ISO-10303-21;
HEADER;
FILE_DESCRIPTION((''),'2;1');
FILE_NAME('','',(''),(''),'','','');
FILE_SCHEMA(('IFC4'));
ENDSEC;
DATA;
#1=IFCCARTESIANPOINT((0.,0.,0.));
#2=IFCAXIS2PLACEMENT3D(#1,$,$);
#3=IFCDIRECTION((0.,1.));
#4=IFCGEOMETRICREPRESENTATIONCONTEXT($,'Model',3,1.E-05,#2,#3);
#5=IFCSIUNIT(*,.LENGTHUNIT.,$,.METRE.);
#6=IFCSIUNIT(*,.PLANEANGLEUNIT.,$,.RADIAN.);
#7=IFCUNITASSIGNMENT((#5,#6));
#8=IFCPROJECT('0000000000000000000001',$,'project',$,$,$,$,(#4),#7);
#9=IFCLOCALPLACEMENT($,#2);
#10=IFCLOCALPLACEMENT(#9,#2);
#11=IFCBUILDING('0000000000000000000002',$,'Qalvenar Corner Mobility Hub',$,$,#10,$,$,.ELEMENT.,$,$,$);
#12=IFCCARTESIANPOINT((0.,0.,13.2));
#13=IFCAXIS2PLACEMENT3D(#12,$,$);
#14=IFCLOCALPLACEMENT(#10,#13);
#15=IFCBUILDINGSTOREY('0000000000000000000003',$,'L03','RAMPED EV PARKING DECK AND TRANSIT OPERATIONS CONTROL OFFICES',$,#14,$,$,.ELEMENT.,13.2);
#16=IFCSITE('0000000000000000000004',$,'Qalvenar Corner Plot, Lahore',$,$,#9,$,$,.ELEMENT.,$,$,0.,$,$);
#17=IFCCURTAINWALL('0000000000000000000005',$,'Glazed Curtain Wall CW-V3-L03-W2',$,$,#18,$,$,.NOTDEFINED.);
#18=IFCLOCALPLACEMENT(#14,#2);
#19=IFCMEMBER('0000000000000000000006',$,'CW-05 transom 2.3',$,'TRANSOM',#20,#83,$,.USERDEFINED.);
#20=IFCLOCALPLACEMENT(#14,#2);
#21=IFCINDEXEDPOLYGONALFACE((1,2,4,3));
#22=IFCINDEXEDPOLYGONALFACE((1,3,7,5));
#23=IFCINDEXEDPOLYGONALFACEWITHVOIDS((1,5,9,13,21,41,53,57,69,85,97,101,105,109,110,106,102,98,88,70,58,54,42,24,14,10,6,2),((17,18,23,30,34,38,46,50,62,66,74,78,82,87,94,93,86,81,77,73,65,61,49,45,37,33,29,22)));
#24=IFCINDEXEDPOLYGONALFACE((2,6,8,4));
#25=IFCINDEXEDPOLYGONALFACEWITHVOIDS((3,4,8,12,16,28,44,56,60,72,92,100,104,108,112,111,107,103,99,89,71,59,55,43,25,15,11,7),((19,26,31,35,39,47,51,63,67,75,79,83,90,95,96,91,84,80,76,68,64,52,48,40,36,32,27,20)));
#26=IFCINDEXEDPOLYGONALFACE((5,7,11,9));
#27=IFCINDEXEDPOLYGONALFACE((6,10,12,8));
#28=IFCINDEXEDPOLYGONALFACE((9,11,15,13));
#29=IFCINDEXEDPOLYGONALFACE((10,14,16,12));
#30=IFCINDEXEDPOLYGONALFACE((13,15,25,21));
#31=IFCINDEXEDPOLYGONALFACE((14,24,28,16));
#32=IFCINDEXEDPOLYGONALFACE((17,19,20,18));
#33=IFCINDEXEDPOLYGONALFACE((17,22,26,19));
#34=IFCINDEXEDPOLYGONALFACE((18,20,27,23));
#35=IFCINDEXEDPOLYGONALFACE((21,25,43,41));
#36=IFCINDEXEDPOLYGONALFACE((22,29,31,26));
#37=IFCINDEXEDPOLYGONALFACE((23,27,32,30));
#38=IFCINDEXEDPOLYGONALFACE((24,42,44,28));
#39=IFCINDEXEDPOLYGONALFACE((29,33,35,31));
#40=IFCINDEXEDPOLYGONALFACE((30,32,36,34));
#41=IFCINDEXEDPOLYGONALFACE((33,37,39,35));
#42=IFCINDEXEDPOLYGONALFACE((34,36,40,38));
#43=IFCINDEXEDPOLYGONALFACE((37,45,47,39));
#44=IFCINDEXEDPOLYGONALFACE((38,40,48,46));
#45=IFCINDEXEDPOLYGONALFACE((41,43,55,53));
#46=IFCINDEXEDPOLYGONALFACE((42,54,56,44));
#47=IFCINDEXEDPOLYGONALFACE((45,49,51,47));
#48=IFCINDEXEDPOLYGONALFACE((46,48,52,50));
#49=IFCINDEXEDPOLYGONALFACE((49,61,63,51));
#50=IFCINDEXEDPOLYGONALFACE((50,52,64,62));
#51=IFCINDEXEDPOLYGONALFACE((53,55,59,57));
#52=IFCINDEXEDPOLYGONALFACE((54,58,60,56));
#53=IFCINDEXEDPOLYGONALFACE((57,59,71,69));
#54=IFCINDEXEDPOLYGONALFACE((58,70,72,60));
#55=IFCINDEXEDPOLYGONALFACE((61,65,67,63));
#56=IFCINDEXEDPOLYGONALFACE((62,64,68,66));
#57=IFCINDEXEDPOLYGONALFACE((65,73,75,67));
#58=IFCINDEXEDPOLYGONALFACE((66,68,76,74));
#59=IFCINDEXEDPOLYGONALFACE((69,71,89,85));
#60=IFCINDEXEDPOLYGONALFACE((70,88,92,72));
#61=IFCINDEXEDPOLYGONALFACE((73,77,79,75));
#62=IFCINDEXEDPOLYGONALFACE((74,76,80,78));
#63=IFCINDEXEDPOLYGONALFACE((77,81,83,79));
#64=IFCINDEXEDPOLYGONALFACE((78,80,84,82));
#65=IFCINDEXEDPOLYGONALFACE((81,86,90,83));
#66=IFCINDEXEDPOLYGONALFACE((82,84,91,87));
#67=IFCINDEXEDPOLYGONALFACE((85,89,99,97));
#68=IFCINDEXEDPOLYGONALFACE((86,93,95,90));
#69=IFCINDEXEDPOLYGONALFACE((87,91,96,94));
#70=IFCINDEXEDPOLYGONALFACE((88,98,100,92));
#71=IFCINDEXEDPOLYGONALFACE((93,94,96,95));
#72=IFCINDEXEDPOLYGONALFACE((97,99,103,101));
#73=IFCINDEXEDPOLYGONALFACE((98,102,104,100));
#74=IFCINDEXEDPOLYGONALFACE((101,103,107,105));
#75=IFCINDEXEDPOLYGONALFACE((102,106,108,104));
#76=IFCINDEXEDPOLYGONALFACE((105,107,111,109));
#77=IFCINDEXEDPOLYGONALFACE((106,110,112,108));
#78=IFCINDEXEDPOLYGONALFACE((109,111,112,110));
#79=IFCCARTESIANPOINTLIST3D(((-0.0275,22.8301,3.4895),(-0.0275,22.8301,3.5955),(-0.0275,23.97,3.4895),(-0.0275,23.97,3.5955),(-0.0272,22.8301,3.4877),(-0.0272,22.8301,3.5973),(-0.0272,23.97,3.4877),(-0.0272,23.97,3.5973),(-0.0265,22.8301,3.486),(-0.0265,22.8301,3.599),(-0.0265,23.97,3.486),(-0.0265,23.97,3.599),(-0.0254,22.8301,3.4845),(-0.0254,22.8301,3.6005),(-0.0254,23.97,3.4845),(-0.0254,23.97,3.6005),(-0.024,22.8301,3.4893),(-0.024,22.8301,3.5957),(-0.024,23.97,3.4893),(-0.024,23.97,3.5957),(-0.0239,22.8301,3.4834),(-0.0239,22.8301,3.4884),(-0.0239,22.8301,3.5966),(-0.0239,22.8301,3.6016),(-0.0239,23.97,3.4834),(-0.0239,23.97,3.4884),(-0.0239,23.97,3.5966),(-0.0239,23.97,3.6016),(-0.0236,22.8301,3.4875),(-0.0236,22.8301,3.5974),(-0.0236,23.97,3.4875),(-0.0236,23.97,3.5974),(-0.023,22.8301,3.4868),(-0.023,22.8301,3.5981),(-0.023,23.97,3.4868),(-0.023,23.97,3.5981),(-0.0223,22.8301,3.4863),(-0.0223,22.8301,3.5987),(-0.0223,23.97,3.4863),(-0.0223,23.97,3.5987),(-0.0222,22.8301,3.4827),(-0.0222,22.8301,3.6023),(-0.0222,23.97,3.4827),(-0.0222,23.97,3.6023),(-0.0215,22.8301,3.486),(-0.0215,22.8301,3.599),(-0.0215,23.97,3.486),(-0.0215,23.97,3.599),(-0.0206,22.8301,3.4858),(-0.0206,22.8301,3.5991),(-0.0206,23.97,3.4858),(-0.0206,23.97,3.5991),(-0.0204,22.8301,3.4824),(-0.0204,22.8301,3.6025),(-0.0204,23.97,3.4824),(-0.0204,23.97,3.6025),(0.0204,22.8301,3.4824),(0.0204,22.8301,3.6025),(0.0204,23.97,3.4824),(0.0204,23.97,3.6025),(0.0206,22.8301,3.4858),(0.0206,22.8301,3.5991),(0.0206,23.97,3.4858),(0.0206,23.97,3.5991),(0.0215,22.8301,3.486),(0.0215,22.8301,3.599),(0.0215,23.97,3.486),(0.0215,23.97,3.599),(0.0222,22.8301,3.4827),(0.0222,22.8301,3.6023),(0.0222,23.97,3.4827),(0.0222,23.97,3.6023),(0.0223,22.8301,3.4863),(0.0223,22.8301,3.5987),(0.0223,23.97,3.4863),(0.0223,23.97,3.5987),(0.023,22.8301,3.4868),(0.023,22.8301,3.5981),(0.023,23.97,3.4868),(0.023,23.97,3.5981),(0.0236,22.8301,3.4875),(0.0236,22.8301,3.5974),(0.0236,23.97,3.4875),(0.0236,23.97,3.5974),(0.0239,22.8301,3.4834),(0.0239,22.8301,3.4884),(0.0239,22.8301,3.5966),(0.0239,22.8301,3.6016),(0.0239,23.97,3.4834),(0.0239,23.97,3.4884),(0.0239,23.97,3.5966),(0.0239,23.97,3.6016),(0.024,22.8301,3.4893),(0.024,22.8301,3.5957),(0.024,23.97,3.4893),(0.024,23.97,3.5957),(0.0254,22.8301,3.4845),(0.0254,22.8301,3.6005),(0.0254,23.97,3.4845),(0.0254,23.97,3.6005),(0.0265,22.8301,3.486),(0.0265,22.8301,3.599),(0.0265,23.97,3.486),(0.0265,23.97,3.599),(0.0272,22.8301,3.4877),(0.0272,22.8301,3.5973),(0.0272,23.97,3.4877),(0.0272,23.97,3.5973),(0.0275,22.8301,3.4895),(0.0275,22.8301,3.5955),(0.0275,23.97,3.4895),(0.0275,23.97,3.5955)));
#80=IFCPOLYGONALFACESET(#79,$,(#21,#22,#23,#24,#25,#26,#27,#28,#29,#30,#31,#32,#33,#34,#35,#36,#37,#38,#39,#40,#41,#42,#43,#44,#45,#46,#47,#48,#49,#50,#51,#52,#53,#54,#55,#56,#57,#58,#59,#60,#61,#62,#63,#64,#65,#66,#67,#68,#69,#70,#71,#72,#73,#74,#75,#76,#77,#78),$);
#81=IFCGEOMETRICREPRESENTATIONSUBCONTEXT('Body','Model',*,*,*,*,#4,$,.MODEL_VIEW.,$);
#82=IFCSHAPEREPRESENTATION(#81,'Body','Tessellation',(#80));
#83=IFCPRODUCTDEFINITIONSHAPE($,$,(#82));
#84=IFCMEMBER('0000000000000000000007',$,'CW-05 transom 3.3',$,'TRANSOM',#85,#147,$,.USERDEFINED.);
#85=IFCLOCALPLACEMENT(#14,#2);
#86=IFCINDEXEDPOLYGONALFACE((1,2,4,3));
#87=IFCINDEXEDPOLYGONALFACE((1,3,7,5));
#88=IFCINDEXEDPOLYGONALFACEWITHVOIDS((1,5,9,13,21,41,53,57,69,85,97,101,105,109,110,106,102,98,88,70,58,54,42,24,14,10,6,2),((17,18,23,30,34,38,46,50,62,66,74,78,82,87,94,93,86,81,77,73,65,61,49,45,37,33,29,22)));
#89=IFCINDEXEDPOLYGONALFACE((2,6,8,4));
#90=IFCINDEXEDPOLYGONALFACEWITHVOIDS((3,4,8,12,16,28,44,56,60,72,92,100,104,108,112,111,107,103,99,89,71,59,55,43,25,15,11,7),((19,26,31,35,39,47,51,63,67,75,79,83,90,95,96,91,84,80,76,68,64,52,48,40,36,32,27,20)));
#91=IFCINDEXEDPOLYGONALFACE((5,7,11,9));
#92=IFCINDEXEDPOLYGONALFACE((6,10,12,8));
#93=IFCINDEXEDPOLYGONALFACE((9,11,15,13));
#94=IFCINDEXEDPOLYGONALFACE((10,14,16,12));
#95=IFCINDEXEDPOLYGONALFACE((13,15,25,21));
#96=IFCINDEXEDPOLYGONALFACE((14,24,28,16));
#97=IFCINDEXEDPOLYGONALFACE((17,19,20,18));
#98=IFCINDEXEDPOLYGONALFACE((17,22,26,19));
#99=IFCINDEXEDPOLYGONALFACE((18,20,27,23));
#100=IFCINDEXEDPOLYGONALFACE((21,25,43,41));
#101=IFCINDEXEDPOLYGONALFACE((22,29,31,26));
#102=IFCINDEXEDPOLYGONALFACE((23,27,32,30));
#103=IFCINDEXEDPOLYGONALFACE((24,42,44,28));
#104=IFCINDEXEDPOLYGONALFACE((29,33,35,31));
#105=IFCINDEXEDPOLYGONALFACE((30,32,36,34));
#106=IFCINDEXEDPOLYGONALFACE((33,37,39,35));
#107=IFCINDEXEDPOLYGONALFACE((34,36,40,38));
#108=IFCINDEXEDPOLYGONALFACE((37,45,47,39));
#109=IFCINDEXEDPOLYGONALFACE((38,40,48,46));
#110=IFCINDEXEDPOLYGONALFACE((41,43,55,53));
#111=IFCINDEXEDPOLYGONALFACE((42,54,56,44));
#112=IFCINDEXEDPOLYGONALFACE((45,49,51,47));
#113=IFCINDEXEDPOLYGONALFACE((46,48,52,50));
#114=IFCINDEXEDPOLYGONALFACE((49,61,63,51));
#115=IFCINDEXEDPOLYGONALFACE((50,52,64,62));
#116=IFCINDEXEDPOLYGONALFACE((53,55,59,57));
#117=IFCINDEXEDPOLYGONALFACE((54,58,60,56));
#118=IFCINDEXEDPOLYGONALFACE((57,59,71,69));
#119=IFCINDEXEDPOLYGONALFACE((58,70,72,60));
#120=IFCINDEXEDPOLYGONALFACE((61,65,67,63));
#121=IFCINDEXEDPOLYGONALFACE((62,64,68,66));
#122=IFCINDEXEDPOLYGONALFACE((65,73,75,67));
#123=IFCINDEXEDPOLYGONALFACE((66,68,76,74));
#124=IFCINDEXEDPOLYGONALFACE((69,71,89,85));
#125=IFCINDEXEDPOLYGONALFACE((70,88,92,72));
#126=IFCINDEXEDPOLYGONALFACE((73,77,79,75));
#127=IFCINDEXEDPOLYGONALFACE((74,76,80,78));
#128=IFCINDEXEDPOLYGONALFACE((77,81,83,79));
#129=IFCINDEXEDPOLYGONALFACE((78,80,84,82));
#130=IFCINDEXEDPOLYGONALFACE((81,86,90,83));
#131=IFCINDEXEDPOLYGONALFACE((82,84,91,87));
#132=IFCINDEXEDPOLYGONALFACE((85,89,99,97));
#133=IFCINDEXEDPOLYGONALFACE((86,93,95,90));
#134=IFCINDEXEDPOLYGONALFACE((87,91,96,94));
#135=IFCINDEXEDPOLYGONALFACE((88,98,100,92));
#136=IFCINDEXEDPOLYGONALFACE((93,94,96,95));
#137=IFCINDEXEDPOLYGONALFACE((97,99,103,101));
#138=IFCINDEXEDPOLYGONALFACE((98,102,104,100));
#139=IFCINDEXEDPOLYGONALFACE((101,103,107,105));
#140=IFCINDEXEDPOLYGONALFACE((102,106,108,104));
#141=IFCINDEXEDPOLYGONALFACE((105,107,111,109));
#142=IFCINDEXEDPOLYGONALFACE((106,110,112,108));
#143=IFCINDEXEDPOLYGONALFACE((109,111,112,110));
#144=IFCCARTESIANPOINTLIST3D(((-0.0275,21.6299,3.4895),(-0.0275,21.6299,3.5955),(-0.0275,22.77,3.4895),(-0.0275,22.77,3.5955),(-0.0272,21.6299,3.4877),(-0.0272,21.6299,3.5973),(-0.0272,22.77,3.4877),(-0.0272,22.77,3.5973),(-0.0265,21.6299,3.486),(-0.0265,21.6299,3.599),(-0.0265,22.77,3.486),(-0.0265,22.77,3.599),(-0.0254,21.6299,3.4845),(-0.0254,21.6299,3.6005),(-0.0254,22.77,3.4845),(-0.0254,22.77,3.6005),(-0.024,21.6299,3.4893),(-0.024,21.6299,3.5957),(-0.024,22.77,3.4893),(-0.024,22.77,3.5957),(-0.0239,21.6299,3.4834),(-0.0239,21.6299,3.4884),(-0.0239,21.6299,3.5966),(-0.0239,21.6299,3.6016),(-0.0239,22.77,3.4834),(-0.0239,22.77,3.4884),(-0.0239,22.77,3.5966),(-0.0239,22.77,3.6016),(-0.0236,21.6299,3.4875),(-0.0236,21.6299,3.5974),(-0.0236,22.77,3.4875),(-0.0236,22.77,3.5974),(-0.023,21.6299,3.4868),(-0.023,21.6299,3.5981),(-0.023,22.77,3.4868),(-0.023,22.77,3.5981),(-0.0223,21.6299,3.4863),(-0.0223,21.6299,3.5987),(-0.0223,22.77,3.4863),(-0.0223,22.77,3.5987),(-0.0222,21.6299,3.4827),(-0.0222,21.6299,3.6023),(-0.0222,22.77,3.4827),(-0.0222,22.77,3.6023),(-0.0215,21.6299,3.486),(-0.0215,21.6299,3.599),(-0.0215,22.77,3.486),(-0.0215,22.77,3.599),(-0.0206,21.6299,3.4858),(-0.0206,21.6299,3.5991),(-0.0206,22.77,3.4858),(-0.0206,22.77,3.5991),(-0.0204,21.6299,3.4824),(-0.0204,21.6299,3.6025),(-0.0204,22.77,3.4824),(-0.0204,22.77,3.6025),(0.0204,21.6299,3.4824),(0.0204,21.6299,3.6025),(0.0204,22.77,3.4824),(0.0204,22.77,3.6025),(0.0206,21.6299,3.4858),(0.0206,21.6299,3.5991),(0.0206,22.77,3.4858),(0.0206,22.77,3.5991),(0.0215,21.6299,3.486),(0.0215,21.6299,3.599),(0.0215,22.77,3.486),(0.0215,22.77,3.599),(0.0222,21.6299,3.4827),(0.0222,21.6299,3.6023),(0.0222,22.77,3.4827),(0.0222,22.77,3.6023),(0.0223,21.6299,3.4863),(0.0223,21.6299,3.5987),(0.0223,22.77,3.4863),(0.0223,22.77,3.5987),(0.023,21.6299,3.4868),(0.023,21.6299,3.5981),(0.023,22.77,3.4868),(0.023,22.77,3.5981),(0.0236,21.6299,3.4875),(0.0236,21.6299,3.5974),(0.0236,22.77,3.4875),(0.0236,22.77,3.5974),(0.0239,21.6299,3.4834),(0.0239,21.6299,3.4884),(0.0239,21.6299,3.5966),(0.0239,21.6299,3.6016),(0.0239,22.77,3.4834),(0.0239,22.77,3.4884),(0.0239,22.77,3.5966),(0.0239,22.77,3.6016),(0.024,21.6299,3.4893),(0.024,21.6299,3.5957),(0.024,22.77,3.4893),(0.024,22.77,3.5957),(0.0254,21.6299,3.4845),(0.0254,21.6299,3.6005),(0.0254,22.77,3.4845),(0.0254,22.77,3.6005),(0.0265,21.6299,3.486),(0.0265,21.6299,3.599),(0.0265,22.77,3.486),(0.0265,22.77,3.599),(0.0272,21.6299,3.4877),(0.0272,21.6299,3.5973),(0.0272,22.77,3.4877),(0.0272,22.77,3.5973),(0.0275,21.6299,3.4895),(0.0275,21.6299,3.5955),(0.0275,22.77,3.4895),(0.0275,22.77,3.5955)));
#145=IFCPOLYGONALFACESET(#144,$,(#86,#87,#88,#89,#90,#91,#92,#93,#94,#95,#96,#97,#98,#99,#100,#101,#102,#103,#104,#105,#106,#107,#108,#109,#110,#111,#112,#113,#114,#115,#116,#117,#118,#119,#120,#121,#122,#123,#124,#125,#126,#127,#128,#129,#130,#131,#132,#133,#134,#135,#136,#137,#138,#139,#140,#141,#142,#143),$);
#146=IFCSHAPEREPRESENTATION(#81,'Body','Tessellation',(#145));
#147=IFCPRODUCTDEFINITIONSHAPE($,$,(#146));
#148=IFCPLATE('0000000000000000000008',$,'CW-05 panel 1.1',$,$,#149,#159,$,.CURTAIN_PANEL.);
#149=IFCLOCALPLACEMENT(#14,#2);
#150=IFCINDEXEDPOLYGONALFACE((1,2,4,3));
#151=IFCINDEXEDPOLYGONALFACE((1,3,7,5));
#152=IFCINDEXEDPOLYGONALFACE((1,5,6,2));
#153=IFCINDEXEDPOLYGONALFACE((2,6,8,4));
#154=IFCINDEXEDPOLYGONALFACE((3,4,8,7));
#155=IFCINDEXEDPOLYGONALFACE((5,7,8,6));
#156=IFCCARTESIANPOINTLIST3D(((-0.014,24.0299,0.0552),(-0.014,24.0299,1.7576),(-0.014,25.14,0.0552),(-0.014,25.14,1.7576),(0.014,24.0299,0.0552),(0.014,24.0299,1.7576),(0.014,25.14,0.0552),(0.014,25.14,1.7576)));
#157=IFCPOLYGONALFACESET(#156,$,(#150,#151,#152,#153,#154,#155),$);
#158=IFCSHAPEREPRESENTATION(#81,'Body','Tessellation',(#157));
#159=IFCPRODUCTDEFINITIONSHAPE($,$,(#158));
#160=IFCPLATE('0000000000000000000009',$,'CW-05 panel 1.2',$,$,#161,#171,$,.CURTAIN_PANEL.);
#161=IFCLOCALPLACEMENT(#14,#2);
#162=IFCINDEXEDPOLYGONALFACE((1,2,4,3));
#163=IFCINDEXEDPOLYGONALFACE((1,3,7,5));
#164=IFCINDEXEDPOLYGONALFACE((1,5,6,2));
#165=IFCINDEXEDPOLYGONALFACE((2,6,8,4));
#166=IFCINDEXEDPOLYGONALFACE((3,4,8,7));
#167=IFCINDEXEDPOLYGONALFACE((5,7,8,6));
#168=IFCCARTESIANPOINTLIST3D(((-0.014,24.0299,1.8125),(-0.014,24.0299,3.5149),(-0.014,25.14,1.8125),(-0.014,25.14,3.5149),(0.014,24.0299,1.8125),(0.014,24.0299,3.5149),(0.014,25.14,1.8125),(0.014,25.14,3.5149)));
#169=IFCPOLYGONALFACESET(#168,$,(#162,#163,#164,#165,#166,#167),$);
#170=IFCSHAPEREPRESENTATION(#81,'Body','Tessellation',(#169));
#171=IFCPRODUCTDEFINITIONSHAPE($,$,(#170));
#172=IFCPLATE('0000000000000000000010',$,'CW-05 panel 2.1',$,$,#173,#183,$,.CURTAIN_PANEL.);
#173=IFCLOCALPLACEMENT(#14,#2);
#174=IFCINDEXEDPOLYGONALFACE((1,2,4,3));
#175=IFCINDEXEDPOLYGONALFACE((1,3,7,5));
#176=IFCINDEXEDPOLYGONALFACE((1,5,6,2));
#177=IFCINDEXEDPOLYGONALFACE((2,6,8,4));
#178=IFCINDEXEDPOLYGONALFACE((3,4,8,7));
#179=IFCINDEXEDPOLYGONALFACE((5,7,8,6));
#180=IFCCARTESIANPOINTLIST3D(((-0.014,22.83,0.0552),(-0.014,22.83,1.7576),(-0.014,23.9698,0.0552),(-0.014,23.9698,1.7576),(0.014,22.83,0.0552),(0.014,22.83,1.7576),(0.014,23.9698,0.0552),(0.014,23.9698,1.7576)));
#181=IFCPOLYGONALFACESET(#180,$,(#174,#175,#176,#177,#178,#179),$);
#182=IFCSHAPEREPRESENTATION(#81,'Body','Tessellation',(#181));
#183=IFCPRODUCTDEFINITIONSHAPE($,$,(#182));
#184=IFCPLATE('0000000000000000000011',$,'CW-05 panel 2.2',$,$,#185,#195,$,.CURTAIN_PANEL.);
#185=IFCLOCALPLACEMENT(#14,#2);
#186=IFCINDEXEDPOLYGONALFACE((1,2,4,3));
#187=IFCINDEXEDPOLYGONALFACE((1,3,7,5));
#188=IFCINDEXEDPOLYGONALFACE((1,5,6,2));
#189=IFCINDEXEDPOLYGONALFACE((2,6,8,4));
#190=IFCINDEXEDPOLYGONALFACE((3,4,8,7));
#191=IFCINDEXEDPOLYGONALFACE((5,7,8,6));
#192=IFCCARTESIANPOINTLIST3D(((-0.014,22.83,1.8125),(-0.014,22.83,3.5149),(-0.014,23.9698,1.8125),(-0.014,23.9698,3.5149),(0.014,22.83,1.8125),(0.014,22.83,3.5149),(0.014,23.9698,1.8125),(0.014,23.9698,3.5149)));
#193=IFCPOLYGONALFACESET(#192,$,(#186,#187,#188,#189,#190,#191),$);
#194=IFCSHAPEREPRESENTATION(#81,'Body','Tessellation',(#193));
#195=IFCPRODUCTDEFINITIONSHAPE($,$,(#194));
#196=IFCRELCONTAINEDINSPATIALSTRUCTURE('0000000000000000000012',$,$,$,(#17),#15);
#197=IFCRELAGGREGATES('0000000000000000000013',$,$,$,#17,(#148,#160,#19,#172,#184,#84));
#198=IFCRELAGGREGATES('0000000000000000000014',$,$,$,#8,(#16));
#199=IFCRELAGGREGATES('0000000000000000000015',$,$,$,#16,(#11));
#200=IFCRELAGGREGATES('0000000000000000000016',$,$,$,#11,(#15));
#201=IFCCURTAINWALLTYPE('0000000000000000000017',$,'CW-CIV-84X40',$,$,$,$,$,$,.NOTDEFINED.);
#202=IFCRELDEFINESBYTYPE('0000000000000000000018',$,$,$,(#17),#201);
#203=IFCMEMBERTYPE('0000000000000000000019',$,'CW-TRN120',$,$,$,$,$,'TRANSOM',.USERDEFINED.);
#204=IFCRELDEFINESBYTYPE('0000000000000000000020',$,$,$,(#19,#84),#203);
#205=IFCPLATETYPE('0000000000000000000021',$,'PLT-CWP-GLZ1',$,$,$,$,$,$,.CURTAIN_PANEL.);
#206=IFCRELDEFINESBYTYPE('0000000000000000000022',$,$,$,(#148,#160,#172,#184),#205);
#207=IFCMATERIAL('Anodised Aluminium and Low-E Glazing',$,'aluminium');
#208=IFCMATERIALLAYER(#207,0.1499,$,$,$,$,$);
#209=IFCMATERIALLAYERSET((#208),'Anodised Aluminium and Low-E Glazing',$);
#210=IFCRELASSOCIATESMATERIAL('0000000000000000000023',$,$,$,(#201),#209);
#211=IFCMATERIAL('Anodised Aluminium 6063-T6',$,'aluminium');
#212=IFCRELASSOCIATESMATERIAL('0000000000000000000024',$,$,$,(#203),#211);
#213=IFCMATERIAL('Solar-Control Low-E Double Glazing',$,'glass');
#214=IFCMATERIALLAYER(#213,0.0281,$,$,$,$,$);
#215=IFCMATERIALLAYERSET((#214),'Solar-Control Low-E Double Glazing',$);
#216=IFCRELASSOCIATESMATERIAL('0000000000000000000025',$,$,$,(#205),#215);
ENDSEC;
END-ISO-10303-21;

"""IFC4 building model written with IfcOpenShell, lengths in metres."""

from ifc_helpers import new_model, si_unit, direction, frame, origin, origin_2d, place, context, subcontext, project, spatial, rectangle, hollow_rectangle, extrude, material, layer, layer_set, material_profile, profile_set, type_object, element, aggregate, save


model = new_model("IFC4")

# Units and contexts
model_context = context("Model", 3, precision=1e-05, world=origin(), true_north=direction((0.0, 1.0)))
body_context = subcontext(model_context, "Body", "Model", "MODEL_VIEW")
ifc_project = project(units=[si_unit("LENGTHUNIT", "METRE"), si_unit("PLANEANGLEUNIT", "RADIAN")], contexts=[model_context])

# Site, building, storey
site_placement = place(None, origin())
site = spatial("IfcSite", under=ifc_project, at=site_placement, Name="Qalvenar Corner Plot, Lahore", CompositionType="ELEMENT", RefElevation=0.0)
building_placement = place(site_placement, origin())
building = spatial("IfcBuilding", under=site, at=building_placement, Name="Qalvenar Corner Mobility Hub", CompositionType="ELEMENT")
storey_placement = place(building_placement, frame((0.0, 0.0, 13.2)))
storey = spatial("IfcBuildingStorey", under=building, at=storey_placement, Name="L03", Description="RAMPED EV PARKING DECK AND TRANSIT OPERATIONS CONTROL OFFICES", CompositionType="ELEMENT", Elevation=13.2)

# Curtain wall, members, plates
ifc_material_1 = material(Name="Anodised Aluminium and Low-E Glazing", Category="aluminium")
ifc_layer_1 = layer(ifc_material_1, 0.1499)
ifc_layer_set_1 = layer_set([ifc_layer_1], Name="Anodised Aluminium and Low-E Glazing")
curtain_wall_type = type_object("IfcCurtainWallType", Name="CW-CIV-84X40", PredefinedType="NOTDEFINED", material=ifc_layer_set_1)
curtain_wall_placement = place(storey_placement, origin())
curtain_wall = element("IfcCurtainWall", 1, at=curtain_wall_placement, inside=storey, type_object=curtain_wall_type, Name="Glazed Curtain Wall CW-V3-L03-W2", PredefinedType="NOTDEFINED")
ifc_material_2 = material(Name="Anodised Aluminium 6063-T6", Category="aluminium")
ifc_material_profile_1 = material_profile(ifc_material_2, hollow_rectangle(XDim=0.0549, YDim=0.1201, WallThickness=0.0034, InnerFilletRadius=0.0034, OuterFilletRadius=0.0071, at=origin_2d()), Name="RHS120x55x3.5")
ifc_profile_set_1 = profile_set([ifc_material_profile_1], Name="Anodised Aluminium 6063-T6")
member_type_1 = type_object("IfcMemberType", Name="CW-TRN120", ElementType="TRANSOM", PredefinedType="USERDEFINED", material=ifc_profile_set_1)
member_1_placement = place(storey_placement, frame((0.0, 23.97, 3.5425), z_axis=(0.0, -1.0, 0.0), x_axis=(1.0, 0.0, 0.0)))
member_1 = element("IfcMember", 2, at=member_1_placement, type_object=member_type_1, Name="CW-05 transom 2.3", ObjectType="TRANSOM", PredefinedType="USERDEFINED", context=body_context, shape_type="SweptSolid", body=[
    extrude(hollow_rectangle(XDim=0.0549, YDim=0.1201, WallThickness=0.0034, InnerFilletRadius=0.0034, OuterFilletRadius=0.0071, at=origin_2d()), origin(), (0.0, 0.0, 1.0), 1.1399),
])
member_2_placement = place(storey_placement, frame((0.0, 22.77, 3.5425), z_axis=(0.0, -1.0, 0.0), x_axis=(1.0, 0.0, 0.0)))
member_2 = element("IfcMember", 3, at=member_2_placement, type_object=member_type_1, Name="CW-05 transom 3.3", ObjectType="TRANSOM", PredefinedType="USERDEFINED", context=body_context, shape_type="SweptSolid", body=[
    extrude(hollow_rectangle(XDim=0.0549, YDim=0.1201, WallThickness=0.0034, InnerFilletRadius=0.0034, OuterFilletRadius=0.0071, at=origin_2d()), origin(), (0.0, 0.0, 1.0), 1.1401),
])
ifc_material_3 = material(Name="Solar-Control Low-E Double Glazing", Category="glass")
ifc_layer_2 = layer(ifc_material_3, 0.0281)
ifc_layer_set_2 = layer_set([ifc_layer_2], Name="Solar-Control Low-E Double Glazing")
plate_type = type_object("IfcPlateType", Name="PLT-CWP-GLZ1", PredefinedType="CURTAIN_PANEL", material=ifc_layer_set_2)
plate_1_placement = place(storey_placement, frame((0.0, 24.585, 0.0552), z_axis=(0.0, 0.0, 1.0), x_axis=(0.0, -1.0, 0.0)))
plate_1 = element("IfcPlate", 4, at=plate_1_placement, type_object=plate_type, Name="CW-05 panel 1.1", PredefinedType="CURTAIN_PANEL", context=body_context, shape_type="SweptSolid", body=[
    extrude(rectangle(XDim=1.1101, YDim=0.0281, at=origin_2d()), origin(), (0.0, 0.0, 1.0), 1.7024),
])
plate_2_placement = place(storey_placement, frame((0.0, 24.585, 1.8125), z_axis=(0.0, 0.0, 1.0), x_axis=(0.0, -1.0, 0.0)))
plate_2 = element("IfcPlate", 5, at=plate_2_placement, type_object=plate_type, Name="CW-05 panel 1.2", PredefinedType="CURTAIN_PANEL", context=body_context, shape_type="SweptSolid", body=[
    extrude(rectangle(XDim=1.1101, YDim=0.0281, at=origin_2d()), origin(), (0.0, 0.0, 1.0), 1.7024),
])
plate_3_placement = place(storey_placement, frame((0.0, 23.3999, 0.0552), z_axis=(0.0, 0.0, 1.0), x_axis=(0.0, -1.0, 0.0)))
plate_3 = element("IfcPlate", 6, at=plate_3_placement, type_object=plate_type, Name="CW-05 panel 2.1", PredefinedType="CURTAIN_PANEL", context=body_context, shape_type="SweptSolid", body=[
    extrude(rectangle(XDim=1.1399, YDim=0.0281, at=origin_2d()), origin(), (0.0, 0.0, 1.0), 1.7024),
])
plate_4_placement = place(storey_placement, frame((0.0, 23.3999, 1.8125), z_axis=(0.0, 0.0, 1.0), x_axis=(0.0, -1.0, 0.0)))
plate_4 = element("IfcPlate", 7, at=plate_4_placement, type_object=plate_type, Name="CW-05 panel 2.2", PredefinedType="CURTAIN_PANEL", context=body_context, shape_type="SweptSolid", body=[
    extrude(rectangle(XDim=1.1399, YDim=0.0281, at=origin_2d()), origin(), (0.0, 0.0, 1.0), 1.7024),
])
aggregate(curtain_wall, [plate_1, plate_2, member_1, plate_3, plate_4, member_2])

save(model, "model.ifc")
